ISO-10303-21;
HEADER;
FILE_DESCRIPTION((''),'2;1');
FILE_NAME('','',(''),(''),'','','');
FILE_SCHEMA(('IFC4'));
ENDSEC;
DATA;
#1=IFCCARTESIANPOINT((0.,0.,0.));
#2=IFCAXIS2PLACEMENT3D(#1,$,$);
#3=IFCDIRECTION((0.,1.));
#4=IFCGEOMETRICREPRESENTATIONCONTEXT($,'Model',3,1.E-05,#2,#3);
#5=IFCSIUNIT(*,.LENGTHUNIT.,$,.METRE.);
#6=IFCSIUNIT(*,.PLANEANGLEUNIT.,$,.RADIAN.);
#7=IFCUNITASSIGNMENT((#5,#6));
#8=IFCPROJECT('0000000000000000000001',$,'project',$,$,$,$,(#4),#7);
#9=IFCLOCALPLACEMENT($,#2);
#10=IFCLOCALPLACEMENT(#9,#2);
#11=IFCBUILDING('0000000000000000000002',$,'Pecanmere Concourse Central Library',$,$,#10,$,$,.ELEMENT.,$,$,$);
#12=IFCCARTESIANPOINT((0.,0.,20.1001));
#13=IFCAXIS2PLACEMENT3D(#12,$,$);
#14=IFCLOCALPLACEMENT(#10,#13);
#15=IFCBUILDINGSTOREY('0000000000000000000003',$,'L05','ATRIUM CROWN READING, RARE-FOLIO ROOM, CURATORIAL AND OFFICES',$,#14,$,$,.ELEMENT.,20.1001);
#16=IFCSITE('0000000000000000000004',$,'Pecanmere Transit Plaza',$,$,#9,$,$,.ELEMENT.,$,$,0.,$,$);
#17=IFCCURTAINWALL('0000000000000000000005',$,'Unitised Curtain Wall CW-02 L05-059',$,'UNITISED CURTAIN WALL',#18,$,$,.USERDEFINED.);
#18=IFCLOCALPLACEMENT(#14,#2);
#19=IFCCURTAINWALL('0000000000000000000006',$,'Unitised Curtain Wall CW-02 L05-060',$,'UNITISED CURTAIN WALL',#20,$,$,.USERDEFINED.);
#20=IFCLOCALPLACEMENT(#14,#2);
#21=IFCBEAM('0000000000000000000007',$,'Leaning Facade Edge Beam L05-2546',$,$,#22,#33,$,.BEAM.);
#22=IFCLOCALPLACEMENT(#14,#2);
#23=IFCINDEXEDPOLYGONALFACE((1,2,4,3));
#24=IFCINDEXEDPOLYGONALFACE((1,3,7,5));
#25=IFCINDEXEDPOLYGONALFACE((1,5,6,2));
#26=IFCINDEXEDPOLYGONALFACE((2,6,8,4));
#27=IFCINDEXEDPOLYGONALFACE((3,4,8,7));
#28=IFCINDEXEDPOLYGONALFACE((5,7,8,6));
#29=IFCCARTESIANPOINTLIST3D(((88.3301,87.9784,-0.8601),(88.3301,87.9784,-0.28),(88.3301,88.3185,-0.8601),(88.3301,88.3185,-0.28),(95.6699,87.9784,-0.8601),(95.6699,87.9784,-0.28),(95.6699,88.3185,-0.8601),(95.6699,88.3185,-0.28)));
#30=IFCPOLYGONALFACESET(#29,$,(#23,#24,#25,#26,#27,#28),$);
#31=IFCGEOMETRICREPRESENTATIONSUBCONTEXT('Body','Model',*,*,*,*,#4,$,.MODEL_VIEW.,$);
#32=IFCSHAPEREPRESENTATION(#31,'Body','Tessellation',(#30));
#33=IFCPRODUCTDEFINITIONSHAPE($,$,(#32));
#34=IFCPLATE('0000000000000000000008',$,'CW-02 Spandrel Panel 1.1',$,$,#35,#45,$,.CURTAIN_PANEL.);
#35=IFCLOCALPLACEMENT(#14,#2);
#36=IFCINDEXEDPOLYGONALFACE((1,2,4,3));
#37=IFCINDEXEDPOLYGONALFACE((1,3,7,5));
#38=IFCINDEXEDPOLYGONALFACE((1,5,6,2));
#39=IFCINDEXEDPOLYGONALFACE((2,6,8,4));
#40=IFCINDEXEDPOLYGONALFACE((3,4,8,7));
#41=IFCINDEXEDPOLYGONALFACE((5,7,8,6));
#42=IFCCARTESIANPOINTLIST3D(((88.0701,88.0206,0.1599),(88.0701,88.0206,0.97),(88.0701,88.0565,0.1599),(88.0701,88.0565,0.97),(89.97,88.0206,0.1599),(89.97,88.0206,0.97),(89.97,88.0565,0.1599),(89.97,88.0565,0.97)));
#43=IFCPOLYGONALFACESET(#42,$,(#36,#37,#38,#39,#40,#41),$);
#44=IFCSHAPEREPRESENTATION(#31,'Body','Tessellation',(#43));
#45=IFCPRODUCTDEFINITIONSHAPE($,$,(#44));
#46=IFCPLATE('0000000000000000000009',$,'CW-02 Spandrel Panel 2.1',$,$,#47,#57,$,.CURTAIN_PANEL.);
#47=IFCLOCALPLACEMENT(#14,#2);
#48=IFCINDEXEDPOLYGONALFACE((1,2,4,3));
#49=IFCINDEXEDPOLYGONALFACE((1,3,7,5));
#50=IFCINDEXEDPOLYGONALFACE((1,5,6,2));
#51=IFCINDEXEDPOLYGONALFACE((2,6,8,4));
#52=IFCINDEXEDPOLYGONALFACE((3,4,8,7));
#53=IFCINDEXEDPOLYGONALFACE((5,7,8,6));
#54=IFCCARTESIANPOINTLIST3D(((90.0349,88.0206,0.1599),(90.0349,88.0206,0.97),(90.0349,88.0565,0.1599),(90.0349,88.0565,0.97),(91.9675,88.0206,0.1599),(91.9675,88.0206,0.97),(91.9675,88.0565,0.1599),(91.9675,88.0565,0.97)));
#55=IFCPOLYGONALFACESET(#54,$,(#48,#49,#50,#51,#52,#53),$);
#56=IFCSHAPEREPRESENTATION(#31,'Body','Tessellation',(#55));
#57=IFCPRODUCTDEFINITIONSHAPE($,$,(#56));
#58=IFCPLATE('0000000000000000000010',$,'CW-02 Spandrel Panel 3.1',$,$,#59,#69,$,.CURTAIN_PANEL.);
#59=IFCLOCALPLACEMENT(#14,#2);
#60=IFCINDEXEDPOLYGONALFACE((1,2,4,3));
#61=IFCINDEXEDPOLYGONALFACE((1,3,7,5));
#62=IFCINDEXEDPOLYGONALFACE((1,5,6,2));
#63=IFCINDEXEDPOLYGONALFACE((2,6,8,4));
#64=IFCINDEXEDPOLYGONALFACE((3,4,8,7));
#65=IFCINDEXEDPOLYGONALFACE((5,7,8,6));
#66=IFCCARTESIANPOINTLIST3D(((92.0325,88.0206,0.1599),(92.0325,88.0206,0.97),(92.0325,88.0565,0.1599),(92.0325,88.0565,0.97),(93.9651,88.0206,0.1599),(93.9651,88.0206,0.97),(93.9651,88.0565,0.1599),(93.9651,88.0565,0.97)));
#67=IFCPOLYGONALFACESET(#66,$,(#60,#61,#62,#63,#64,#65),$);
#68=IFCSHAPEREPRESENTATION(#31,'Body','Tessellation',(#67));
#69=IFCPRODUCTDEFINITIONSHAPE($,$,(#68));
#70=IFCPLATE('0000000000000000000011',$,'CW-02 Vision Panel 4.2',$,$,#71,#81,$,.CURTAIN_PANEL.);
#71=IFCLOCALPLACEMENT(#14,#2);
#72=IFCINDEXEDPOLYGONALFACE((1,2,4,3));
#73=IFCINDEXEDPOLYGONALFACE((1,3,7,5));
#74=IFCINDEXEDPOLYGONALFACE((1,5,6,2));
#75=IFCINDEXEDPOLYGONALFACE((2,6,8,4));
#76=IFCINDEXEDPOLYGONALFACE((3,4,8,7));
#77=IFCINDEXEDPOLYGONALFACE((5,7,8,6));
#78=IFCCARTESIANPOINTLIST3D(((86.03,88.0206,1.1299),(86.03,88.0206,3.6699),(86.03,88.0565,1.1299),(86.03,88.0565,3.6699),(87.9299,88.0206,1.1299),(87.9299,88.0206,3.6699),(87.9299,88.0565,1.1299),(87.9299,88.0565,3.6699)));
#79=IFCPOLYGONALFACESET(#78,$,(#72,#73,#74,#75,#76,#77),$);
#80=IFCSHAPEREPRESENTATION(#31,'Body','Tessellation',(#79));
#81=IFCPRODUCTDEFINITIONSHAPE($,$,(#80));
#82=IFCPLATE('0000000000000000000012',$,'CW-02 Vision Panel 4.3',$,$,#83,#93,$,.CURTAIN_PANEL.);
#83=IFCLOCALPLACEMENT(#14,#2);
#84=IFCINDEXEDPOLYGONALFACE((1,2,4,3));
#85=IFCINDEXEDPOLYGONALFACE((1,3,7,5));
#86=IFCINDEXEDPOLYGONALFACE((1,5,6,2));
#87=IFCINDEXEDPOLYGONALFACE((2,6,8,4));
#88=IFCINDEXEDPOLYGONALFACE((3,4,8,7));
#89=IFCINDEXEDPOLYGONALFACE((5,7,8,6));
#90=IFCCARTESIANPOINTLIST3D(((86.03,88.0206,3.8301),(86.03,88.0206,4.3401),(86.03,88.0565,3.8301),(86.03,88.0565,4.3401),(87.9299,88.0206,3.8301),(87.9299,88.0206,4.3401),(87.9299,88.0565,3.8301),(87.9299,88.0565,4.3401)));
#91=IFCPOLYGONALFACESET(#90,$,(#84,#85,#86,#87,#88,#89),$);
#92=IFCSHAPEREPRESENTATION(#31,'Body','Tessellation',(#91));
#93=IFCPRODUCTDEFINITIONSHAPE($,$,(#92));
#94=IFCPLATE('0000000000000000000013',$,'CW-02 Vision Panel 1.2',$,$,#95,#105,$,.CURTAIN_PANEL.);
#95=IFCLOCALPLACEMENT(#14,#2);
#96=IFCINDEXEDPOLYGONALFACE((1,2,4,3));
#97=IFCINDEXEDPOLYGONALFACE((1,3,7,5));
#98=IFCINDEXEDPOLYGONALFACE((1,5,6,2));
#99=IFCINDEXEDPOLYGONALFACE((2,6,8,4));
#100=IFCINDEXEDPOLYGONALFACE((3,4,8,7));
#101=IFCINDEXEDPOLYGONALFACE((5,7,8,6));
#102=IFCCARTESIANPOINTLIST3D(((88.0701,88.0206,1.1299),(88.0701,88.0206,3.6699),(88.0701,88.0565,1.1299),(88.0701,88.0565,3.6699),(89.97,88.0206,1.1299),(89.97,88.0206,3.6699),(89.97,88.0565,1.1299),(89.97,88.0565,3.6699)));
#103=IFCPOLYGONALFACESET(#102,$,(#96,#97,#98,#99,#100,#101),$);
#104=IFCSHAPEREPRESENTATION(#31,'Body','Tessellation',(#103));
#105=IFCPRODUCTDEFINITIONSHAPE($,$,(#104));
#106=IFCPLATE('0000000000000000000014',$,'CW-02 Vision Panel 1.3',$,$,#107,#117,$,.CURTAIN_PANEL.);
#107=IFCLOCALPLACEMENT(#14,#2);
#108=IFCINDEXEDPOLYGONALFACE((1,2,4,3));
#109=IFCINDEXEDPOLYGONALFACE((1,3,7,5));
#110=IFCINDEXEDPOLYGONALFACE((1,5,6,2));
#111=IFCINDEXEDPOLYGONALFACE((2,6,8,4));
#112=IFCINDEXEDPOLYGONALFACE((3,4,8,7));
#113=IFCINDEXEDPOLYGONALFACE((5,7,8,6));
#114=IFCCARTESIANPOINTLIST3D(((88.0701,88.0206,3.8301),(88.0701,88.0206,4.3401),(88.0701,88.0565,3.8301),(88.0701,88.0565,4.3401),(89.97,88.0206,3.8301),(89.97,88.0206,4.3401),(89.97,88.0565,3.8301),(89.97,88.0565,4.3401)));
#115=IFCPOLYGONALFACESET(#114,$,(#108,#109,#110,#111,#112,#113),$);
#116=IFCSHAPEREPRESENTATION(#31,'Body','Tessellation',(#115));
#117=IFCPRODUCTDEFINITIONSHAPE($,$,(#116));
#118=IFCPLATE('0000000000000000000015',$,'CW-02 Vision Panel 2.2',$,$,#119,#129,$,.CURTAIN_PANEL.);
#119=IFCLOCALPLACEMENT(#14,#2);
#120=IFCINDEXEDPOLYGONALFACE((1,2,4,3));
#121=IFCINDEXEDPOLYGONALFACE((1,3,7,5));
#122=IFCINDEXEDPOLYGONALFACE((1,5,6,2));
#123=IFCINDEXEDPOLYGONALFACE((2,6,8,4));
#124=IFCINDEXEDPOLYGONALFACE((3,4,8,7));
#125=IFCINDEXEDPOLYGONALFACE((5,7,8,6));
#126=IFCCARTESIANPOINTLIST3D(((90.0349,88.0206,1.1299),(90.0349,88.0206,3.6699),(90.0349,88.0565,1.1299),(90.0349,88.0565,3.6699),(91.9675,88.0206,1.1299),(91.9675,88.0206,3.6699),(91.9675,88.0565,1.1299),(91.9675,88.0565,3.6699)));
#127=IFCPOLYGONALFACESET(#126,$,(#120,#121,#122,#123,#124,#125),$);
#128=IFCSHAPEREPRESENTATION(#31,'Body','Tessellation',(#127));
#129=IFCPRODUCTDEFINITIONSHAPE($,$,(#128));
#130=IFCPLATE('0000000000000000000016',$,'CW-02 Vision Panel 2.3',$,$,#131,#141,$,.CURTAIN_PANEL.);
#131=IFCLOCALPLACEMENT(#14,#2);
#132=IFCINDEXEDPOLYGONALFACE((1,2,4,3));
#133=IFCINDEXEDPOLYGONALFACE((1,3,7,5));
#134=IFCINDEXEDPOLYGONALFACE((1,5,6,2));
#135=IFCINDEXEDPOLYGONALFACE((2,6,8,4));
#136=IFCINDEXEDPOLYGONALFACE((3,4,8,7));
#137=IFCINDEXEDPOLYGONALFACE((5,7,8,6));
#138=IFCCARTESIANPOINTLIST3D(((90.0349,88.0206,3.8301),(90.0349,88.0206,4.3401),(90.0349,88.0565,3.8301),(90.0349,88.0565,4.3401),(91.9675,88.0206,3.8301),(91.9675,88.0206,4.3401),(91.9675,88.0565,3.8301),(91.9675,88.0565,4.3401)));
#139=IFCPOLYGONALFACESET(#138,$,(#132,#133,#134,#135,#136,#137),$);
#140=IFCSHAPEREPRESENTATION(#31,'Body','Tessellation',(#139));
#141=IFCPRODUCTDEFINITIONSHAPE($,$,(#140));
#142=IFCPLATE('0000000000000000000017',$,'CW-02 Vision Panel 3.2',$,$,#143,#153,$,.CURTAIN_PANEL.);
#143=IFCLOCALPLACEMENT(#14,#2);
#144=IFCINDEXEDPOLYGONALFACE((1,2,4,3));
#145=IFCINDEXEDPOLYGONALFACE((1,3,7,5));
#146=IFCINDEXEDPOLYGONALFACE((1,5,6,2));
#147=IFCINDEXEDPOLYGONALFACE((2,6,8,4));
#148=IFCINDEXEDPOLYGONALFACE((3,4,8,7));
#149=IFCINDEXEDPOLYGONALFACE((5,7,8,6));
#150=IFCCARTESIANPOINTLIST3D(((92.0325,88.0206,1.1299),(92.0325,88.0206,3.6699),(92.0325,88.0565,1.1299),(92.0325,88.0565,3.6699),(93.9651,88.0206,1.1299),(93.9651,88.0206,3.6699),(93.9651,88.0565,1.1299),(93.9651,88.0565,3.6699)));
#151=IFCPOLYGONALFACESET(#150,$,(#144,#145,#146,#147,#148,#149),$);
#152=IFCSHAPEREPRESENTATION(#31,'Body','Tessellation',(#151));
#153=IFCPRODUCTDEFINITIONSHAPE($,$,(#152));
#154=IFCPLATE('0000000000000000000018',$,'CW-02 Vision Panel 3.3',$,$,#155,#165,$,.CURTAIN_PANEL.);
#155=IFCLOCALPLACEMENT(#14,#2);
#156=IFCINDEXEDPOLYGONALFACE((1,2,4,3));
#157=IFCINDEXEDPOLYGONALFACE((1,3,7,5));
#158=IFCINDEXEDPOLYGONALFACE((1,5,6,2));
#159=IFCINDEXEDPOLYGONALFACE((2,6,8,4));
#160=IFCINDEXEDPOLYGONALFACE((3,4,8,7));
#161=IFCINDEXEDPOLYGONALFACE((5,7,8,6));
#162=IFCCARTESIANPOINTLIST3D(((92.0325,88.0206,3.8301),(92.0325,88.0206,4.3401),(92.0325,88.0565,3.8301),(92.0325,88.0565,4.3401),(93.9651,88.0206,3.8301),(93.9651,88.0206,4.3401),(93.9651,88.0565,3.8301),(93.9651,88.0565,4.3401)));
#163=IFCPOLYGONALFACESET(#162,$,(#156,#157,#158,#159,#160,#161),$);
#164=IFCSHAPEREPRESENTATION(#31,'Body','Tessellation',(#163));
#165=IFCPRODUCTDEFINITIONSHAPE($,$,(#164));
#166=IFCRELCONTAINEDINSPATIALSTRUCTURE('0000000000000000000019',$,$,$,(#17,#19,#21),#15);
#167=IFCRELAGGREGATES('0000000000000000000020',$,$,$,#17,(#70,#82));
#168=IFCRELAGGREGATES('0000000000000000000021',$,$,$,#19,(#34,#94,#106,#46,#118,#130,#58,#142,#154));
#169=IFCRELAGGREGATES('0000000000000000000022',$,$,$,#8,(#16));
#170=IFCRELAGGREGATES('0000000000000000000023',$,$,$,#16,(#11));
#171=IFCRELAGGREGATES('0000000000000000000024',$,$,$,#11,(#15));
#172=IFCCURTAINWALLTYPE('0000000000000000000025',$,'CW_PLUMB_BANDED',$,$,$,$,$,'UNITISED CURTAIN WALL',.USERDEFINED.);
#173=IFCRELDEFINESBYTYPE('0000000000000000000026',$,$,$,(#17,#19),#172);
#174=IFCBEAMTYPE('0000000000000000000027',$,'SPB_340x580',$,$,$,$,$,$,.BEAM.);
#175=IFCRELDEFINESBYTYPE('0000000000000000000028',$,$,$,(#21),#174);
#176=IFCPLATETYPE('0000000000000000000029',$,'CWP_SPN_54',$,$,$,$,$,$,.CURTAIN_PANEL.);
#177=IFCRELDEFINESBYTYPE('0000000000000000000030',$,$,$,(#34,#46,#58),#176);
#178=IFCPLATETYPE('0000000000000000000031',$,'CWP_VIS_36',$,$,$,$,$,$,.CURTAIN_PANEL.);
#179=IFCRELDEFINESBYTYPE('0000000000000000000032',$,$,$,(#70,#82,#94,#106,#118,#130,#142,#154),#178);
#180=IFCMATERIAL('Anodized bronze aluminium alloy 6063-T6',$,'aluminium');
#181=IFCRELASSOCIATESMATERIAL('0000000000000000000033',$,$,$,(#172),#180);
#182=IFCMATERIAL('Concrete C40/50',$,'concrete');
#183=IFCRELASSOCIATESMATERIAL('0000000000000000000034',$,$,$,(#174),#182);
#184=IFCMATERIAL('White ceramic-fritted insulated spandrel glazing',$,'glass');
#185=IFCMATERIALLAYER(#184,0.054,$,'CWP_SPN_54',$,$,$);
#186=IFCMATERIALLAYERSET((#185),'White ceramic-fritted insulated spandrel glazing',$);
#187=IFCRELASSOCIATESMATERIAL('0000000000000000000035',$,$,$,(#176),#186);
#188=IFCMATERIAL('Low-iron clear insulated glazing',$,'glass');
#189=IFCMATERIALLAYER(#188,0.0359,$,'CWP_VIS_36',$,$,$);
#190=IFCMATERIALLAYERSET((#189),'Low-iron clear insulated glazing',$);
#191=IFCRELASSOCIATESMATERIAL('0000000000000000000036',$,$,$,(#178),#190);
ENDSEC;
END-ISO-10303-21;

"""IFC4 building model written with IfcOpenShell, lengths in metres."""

from ifc_helpers import new_model, si_unit, direction, frame, origin, origin_2d, place, context, subcontext, project, spatial, rectangle, extrude, material, layer, layer_set, material_profile, profile_set, type_object, element, aggregate, save


model = new_model("IFC4")

# Units and contexts
model_context = context("Model", 3, precision=1e-05, world=origin(), true_north=direction((0.0, 1.0)))
body_context = subcontext(model_context, "Body", "Model", "MODEL_VIEW")
ifc_project = project(units=[si_unit("LENGTHUNIT", "METRE"), si_unit("PLANEANGLEUNIT", "RADIAN")], contexts=[model_context])

# Site, building, storey
site_placement = place(None, origin())
site = spatial("IfcSite", under=ifc_project, at=site_placement, Name="Pecanmere Transit Plaza", CompositionType="ELEMENT", RefElevation=0.0)
building_placement = place(site_placement, origin())
building = spatial("IfcBuilding", under=site, at=building_placement, Name="Pecanmere Concourse Central Library", CompositionType="ELEMENT")
storey_placement = place(building_placement, frame((0.0, 0.0, 20.1001)))
storey = spatial("IfcBuildingStorey", under=building, at=storey_placement, Name="L05", Description="ATRIUM CROWN READING, RARE-FOLIO ROOM, CURATORIAL AND OFFICES", CompositionType="ELEMENT", Elevation=20.1001)

# Curtain wall
ifc_material_1 = material(Name="Anodized bronze aluminium alloy 6063-T6", Category="aluminium")
curtain_wall_type = type_object("IfcCurtainWallType", Name="CW_PLUMB_BANDED", ElementType="UNITISED CURTAIN WALL", PredefinedType="USERDEFINED", material=ifc_material_1)
curtain_wall_1_placement = place(storey_placement, origin())
curtain_wall_1 = element("IfcCurtainWall", 1, at=curtain_wall_1_placement, inside=storey, type_object=curtain_wall_type, Name="Unitised Curtain Wall CW-02 L05-059", ObjectType="UNITISED CURTAIN WALL", PredefinedType="USERDEFINED")

# Curtain wall
curtain_wall_2_placement = place(storey_placement, origin())
curtain_wall_2 = element("IfcCurtainWall", 2, at=curtain_wall_2_placement, inside=storey, type_object=curtain_wall_type, Name="Unitised Curtain Wall CW-02 L05-060", ObjectType="UNITISED CURTAIN WALL", PredefinedType="USERDEFINED")

# Beam
ifc_material_2 = material(Name="Concrete C40/50", Category="concrete")
ifc_material_profile_1 = material_profile(ifc_material_2, rectangle(XDim=0.3401, YDim=0.5801, at=origin_2d()), Name="RC 340x580")
ifc_profile_set_1 = profile_set([ifc_material_profile_1], Name="Concrete C40/50")
beam_type_1 = type_object("IfcBeamType", Name="SPB_340x580", PredefinedType="BEAM", material=ifc_profile_set_1)
beam_1_placement = place(storey_placement, frame((88.3301, 88.1484, -0.5701), z_axis=(1.0, 0.0, 0.0), x_axis=(0.0, 1.0, 0.0)))
element("IfcBeam", 3, at=beam_1_placement, inside=storey, type_object=beam_type_1, Name="Leaning Facade Edge Beam L05-2546", PredefinedType="BEAM", context=body_context, shape_type="SweptSolid", body=[
    extrude(rectangle(XDim=0.3401, YDim=0.5801, at=origin_2d()), origin(), (0.0, 0.0, 1.0), 7.3398),
])

# Plates
ifc_material_3 = material(Name="White ceramic-fritted insulated spandrel glazing", Category="glass")
ifc_layer_1 = layer(ifc_material_3, 0.054, Name="CWP_SPN_54")
ifc_layer_set_1 = layer_set([ifc_layer_1], Name="White ceramic-fritted insulated spandrel glazing")
plate_type_1 = type_object("IfcPlateType", Name="CWP_SPN_54", PredefinedType="CURTAIN_PANEL", material=ifc_layer_set_1)
plate_1_placement = place(storey_placement, frame((89.02, 88.0386, 0.1599), z_axis=(0.0, 0.0, 1.0), x_axis=(1.0, 0.0, 0.0)))
plate_1 = element("IfcPlate", 4, at=plate_1_placement, type_object=plate_type_1, Name="CW-02 Spandrel Panel 1.1", PredefinedType="CURTAIN_PANEL", context=body_context, shape_type="SweptSolid", body=[
    extrude(rectangle(XDim=1.8999, YDim=0.0359, at=origin_2d()), origin(), (0.0, 0.0, 1.0), 0.8101),
])
plate_2_placement = place(storey_placement, frame((91.0012, 88.0386, 0.1599), z_axis=(0.0, 0.0, 1.0), x_axis=(1.0, 0.0, 0.0)))
plate_2 = element("IfcPlate", 5, at=plate_2_placement, type_object=plate_type_1, Name="CW-02 Spandrel Panel 2.1", PredefinedType="CURTAIN_PANEL", context=body_context, shape_type="SweptSolid", body=[
    extrude(rectangle(XDim=1.9326, YDim=0.0359, at=origin_2d()), origin(), (0.0, 0.0, 1.0), 0.8101),
])
plate_3_placement = place(storey_placement, frame((92.9988, 88.0386, 0.1599), z_axis=(0.0, 0.0, 1.0), x_axis=(1.0, 0.0, 0.0)))
plate_3 = element("IfcPlate", 6, at=plate_3_placement, type_object=plate_type_1, Name="CW-02 Spandrel Panel 3.1", PredefinedType="CURTAIN_PANEL", context=body_context, shape_type="SweptSolid", body=[
    extrude(rectangle(XDim=1.9326, YDim=0.0359, at=origin_2d()), origin(), (0.0, 0.0, 1.0), 0.8101),
])
ifc_material_4 = material(Name="Low-iron clear insulated glazing", Category="glass")
ifc_layer_2 = layer(ifc_material_4, 0.0359, Name="CWP_VIS_36")
ifc_layer_set_2 = layer_set([ifc_layer_2], Name="Low-iron clear insulated glazing")
plate_type_2 = type_object("IfcPlateType", Name="CWP_VIS_36", PredefinedType="CURTAIN_PANEL", material=ifc_layer_set_2)
plate_4_placement = place(storey_placement, frame((86.98, 88.0386, 1.1299), z_axis=(0.0, 0.0, 1.0), x_axis=(1.0, 0.0, 0.0)))
plate_4 = element("IfcPlate", 7, at=plate_4_placement, type_object=plate_type_2, Name="CW-02 Vision Panel 4.2", PredefinedType="CURTAIN_PANEL", context=body_context, shape_type="SweptSolid", body=[
    extrude(rectangle(XDim=1.8999, YDim=0.0359, at=origin_2d()), origin(), (0.0, 0.0, 1.0), 2.54),
])
plate_5_placement = place(storey_placement, frame((86.98, 88.0386, 3.8301), z_axis=(0.0, 0.0, 1.0), x_axis=(1.0, 0.0, 0.0)))
plate_5 = element("IfcPlate", 8, at=plate_5_placement, type_object=plate_type_2, Name="CW-02 Vision Panel 4.3", PredefinedType="CURTAIN_PANEL", context=body_context, shape_type="SweptSolid", body=[
    extrude(rectangle(XDim=1.8999, YDim=0.0359, at=origin_2d()), origin(), (0.0, 0.0, 1.0), 0.51),
])
aggregate(curtain_wall_1, [plate_4, plate_5])
plate_6_placement = place(storey_placement, frame((89.02, 88.0386, 1.1299), z_axis=(0.0, 0.0, 1.0), x_axis=(1.0, 0.0, 0.0)))
plate_6 = element("IfcPlate", 9, at=plate_6_placement, type_object=plate_type_2, Name="CW-02 Vision Panel 1.2", PredefinedType="CURTAIN_PANEL", context=body_context, shape_type="SweptSolid", body=[
    extrude(rectangle(XDim=1.8999, YDim=0.0359, at=origin_2d()), origin(), (0.0, 0.0, 1.0), 2.54),
])
plate_7_placement = place(storey_placement, frame((89.02, 88.0386, 3.8301), z_axis=(0.0, 0.0, 1.0), x_axis=(1.0, 0.0, 0.0)))
plate_7 = element("IfcPlate", 10, at=plate_7_placement, type_object=plate_type_2, Name="CW-02 Vision Panel 1.3", PredefinedType="CURTAIN_PANEL", context=body_context, shape_type="SweptSolid", body=[
    extrude(rectangle(XDim=1.8999, YDim=0.0359, at=origin_2d()), origin(), (0.0, 0.0, 1.0), 0.51),
])
plate_8_placement = place(storey_placement, frame((91.0012, 88.0386, 1.1299), z_axis=(0.0, 0.0, 1.0), x_axis=(1.0, 0.0, 0.0)))
plate_8 = element("IfcPlate", 11, at=plate_8_placement, type_object=plate_type_2, Name="CW-02 Vision Panel 2.2", PredefinedType="CURTAIN_PANEL", context=body_context, shape_type="SweptSolid", body=[
    extrude(rectangle(XDim=1.9326, YDim=0.0359, at=origin_2d()), origin(), (0.0, 0.0, 1.0), 2.54),
])
plate_9_placement = place(storey_placement, frame((91.0012, 88.0386, 3.8301), z_axis=(0.0, 0.0, 1.0), x_axis=(1.0, 0.0, 0.0)))
plate_9 = element("IfcPlate", 12, at=plate_9_placement, type_object=plate_type_2, Name="CW-02 Vision Panel 2.3", PredefinedType="CURTAIN_PANEL", context=body_context, shape_type="SweptSolid", body=[
    extrude(rectangle(XDim=1.9326, YDim=0.0359, at=origin_2d()), origin(), (0.0, 0.0, 1.0), 0.51),
])
plate_10_placement = place(storey_placement, frame((92.9988, 88.0386, 1.1299), z_axis=(0.0, 0.0, 1.0), x_axis=(1.0, 0.0, 0.0)))
plate_10 = element("IfcPlate", 13, at=plate_10_placement, type_object=plate_type_2, Name="CW-02 Vision Panel 3.2", PredefinedType="CURTAIN_PANEL", context=body_context, shape_type="SweptSolid", body=[
    extrude(rectangle(XDim=1.9326, YDim=0.0359, at=origin_2d()), origin(), (0.0, 0.0, 1.0), 2.54),
])
plate_11_placement = place(storey_placement, frame((92.9988, 88.0386, 3.8301), z_axis=(0.0, 0.0, 1.0), x_axis=(1.0, 0.0, 0.0)))
plate_11 = element("IfcPlate", 14, at=plate_11_placement, type_object=plate_type_2, Name="CW-02 Vision Panel 3.3", PredefinedType="CURTAIN_PANEL", context=body_context, shape_type="SweptSolid", body=[
    extrude(rectangle(XDim=1.9326, YDim=0.0359, at=origin_2d()), origin(), (0.0, 0.0, 1.0), 0.51),
])
aggregate(curtain_wall_2, [plate_1, plate_6, plate_7, plate_2, plate_8, plate_9, plate_3, plate_10, plate_11])

save(model, "model.ifc")
